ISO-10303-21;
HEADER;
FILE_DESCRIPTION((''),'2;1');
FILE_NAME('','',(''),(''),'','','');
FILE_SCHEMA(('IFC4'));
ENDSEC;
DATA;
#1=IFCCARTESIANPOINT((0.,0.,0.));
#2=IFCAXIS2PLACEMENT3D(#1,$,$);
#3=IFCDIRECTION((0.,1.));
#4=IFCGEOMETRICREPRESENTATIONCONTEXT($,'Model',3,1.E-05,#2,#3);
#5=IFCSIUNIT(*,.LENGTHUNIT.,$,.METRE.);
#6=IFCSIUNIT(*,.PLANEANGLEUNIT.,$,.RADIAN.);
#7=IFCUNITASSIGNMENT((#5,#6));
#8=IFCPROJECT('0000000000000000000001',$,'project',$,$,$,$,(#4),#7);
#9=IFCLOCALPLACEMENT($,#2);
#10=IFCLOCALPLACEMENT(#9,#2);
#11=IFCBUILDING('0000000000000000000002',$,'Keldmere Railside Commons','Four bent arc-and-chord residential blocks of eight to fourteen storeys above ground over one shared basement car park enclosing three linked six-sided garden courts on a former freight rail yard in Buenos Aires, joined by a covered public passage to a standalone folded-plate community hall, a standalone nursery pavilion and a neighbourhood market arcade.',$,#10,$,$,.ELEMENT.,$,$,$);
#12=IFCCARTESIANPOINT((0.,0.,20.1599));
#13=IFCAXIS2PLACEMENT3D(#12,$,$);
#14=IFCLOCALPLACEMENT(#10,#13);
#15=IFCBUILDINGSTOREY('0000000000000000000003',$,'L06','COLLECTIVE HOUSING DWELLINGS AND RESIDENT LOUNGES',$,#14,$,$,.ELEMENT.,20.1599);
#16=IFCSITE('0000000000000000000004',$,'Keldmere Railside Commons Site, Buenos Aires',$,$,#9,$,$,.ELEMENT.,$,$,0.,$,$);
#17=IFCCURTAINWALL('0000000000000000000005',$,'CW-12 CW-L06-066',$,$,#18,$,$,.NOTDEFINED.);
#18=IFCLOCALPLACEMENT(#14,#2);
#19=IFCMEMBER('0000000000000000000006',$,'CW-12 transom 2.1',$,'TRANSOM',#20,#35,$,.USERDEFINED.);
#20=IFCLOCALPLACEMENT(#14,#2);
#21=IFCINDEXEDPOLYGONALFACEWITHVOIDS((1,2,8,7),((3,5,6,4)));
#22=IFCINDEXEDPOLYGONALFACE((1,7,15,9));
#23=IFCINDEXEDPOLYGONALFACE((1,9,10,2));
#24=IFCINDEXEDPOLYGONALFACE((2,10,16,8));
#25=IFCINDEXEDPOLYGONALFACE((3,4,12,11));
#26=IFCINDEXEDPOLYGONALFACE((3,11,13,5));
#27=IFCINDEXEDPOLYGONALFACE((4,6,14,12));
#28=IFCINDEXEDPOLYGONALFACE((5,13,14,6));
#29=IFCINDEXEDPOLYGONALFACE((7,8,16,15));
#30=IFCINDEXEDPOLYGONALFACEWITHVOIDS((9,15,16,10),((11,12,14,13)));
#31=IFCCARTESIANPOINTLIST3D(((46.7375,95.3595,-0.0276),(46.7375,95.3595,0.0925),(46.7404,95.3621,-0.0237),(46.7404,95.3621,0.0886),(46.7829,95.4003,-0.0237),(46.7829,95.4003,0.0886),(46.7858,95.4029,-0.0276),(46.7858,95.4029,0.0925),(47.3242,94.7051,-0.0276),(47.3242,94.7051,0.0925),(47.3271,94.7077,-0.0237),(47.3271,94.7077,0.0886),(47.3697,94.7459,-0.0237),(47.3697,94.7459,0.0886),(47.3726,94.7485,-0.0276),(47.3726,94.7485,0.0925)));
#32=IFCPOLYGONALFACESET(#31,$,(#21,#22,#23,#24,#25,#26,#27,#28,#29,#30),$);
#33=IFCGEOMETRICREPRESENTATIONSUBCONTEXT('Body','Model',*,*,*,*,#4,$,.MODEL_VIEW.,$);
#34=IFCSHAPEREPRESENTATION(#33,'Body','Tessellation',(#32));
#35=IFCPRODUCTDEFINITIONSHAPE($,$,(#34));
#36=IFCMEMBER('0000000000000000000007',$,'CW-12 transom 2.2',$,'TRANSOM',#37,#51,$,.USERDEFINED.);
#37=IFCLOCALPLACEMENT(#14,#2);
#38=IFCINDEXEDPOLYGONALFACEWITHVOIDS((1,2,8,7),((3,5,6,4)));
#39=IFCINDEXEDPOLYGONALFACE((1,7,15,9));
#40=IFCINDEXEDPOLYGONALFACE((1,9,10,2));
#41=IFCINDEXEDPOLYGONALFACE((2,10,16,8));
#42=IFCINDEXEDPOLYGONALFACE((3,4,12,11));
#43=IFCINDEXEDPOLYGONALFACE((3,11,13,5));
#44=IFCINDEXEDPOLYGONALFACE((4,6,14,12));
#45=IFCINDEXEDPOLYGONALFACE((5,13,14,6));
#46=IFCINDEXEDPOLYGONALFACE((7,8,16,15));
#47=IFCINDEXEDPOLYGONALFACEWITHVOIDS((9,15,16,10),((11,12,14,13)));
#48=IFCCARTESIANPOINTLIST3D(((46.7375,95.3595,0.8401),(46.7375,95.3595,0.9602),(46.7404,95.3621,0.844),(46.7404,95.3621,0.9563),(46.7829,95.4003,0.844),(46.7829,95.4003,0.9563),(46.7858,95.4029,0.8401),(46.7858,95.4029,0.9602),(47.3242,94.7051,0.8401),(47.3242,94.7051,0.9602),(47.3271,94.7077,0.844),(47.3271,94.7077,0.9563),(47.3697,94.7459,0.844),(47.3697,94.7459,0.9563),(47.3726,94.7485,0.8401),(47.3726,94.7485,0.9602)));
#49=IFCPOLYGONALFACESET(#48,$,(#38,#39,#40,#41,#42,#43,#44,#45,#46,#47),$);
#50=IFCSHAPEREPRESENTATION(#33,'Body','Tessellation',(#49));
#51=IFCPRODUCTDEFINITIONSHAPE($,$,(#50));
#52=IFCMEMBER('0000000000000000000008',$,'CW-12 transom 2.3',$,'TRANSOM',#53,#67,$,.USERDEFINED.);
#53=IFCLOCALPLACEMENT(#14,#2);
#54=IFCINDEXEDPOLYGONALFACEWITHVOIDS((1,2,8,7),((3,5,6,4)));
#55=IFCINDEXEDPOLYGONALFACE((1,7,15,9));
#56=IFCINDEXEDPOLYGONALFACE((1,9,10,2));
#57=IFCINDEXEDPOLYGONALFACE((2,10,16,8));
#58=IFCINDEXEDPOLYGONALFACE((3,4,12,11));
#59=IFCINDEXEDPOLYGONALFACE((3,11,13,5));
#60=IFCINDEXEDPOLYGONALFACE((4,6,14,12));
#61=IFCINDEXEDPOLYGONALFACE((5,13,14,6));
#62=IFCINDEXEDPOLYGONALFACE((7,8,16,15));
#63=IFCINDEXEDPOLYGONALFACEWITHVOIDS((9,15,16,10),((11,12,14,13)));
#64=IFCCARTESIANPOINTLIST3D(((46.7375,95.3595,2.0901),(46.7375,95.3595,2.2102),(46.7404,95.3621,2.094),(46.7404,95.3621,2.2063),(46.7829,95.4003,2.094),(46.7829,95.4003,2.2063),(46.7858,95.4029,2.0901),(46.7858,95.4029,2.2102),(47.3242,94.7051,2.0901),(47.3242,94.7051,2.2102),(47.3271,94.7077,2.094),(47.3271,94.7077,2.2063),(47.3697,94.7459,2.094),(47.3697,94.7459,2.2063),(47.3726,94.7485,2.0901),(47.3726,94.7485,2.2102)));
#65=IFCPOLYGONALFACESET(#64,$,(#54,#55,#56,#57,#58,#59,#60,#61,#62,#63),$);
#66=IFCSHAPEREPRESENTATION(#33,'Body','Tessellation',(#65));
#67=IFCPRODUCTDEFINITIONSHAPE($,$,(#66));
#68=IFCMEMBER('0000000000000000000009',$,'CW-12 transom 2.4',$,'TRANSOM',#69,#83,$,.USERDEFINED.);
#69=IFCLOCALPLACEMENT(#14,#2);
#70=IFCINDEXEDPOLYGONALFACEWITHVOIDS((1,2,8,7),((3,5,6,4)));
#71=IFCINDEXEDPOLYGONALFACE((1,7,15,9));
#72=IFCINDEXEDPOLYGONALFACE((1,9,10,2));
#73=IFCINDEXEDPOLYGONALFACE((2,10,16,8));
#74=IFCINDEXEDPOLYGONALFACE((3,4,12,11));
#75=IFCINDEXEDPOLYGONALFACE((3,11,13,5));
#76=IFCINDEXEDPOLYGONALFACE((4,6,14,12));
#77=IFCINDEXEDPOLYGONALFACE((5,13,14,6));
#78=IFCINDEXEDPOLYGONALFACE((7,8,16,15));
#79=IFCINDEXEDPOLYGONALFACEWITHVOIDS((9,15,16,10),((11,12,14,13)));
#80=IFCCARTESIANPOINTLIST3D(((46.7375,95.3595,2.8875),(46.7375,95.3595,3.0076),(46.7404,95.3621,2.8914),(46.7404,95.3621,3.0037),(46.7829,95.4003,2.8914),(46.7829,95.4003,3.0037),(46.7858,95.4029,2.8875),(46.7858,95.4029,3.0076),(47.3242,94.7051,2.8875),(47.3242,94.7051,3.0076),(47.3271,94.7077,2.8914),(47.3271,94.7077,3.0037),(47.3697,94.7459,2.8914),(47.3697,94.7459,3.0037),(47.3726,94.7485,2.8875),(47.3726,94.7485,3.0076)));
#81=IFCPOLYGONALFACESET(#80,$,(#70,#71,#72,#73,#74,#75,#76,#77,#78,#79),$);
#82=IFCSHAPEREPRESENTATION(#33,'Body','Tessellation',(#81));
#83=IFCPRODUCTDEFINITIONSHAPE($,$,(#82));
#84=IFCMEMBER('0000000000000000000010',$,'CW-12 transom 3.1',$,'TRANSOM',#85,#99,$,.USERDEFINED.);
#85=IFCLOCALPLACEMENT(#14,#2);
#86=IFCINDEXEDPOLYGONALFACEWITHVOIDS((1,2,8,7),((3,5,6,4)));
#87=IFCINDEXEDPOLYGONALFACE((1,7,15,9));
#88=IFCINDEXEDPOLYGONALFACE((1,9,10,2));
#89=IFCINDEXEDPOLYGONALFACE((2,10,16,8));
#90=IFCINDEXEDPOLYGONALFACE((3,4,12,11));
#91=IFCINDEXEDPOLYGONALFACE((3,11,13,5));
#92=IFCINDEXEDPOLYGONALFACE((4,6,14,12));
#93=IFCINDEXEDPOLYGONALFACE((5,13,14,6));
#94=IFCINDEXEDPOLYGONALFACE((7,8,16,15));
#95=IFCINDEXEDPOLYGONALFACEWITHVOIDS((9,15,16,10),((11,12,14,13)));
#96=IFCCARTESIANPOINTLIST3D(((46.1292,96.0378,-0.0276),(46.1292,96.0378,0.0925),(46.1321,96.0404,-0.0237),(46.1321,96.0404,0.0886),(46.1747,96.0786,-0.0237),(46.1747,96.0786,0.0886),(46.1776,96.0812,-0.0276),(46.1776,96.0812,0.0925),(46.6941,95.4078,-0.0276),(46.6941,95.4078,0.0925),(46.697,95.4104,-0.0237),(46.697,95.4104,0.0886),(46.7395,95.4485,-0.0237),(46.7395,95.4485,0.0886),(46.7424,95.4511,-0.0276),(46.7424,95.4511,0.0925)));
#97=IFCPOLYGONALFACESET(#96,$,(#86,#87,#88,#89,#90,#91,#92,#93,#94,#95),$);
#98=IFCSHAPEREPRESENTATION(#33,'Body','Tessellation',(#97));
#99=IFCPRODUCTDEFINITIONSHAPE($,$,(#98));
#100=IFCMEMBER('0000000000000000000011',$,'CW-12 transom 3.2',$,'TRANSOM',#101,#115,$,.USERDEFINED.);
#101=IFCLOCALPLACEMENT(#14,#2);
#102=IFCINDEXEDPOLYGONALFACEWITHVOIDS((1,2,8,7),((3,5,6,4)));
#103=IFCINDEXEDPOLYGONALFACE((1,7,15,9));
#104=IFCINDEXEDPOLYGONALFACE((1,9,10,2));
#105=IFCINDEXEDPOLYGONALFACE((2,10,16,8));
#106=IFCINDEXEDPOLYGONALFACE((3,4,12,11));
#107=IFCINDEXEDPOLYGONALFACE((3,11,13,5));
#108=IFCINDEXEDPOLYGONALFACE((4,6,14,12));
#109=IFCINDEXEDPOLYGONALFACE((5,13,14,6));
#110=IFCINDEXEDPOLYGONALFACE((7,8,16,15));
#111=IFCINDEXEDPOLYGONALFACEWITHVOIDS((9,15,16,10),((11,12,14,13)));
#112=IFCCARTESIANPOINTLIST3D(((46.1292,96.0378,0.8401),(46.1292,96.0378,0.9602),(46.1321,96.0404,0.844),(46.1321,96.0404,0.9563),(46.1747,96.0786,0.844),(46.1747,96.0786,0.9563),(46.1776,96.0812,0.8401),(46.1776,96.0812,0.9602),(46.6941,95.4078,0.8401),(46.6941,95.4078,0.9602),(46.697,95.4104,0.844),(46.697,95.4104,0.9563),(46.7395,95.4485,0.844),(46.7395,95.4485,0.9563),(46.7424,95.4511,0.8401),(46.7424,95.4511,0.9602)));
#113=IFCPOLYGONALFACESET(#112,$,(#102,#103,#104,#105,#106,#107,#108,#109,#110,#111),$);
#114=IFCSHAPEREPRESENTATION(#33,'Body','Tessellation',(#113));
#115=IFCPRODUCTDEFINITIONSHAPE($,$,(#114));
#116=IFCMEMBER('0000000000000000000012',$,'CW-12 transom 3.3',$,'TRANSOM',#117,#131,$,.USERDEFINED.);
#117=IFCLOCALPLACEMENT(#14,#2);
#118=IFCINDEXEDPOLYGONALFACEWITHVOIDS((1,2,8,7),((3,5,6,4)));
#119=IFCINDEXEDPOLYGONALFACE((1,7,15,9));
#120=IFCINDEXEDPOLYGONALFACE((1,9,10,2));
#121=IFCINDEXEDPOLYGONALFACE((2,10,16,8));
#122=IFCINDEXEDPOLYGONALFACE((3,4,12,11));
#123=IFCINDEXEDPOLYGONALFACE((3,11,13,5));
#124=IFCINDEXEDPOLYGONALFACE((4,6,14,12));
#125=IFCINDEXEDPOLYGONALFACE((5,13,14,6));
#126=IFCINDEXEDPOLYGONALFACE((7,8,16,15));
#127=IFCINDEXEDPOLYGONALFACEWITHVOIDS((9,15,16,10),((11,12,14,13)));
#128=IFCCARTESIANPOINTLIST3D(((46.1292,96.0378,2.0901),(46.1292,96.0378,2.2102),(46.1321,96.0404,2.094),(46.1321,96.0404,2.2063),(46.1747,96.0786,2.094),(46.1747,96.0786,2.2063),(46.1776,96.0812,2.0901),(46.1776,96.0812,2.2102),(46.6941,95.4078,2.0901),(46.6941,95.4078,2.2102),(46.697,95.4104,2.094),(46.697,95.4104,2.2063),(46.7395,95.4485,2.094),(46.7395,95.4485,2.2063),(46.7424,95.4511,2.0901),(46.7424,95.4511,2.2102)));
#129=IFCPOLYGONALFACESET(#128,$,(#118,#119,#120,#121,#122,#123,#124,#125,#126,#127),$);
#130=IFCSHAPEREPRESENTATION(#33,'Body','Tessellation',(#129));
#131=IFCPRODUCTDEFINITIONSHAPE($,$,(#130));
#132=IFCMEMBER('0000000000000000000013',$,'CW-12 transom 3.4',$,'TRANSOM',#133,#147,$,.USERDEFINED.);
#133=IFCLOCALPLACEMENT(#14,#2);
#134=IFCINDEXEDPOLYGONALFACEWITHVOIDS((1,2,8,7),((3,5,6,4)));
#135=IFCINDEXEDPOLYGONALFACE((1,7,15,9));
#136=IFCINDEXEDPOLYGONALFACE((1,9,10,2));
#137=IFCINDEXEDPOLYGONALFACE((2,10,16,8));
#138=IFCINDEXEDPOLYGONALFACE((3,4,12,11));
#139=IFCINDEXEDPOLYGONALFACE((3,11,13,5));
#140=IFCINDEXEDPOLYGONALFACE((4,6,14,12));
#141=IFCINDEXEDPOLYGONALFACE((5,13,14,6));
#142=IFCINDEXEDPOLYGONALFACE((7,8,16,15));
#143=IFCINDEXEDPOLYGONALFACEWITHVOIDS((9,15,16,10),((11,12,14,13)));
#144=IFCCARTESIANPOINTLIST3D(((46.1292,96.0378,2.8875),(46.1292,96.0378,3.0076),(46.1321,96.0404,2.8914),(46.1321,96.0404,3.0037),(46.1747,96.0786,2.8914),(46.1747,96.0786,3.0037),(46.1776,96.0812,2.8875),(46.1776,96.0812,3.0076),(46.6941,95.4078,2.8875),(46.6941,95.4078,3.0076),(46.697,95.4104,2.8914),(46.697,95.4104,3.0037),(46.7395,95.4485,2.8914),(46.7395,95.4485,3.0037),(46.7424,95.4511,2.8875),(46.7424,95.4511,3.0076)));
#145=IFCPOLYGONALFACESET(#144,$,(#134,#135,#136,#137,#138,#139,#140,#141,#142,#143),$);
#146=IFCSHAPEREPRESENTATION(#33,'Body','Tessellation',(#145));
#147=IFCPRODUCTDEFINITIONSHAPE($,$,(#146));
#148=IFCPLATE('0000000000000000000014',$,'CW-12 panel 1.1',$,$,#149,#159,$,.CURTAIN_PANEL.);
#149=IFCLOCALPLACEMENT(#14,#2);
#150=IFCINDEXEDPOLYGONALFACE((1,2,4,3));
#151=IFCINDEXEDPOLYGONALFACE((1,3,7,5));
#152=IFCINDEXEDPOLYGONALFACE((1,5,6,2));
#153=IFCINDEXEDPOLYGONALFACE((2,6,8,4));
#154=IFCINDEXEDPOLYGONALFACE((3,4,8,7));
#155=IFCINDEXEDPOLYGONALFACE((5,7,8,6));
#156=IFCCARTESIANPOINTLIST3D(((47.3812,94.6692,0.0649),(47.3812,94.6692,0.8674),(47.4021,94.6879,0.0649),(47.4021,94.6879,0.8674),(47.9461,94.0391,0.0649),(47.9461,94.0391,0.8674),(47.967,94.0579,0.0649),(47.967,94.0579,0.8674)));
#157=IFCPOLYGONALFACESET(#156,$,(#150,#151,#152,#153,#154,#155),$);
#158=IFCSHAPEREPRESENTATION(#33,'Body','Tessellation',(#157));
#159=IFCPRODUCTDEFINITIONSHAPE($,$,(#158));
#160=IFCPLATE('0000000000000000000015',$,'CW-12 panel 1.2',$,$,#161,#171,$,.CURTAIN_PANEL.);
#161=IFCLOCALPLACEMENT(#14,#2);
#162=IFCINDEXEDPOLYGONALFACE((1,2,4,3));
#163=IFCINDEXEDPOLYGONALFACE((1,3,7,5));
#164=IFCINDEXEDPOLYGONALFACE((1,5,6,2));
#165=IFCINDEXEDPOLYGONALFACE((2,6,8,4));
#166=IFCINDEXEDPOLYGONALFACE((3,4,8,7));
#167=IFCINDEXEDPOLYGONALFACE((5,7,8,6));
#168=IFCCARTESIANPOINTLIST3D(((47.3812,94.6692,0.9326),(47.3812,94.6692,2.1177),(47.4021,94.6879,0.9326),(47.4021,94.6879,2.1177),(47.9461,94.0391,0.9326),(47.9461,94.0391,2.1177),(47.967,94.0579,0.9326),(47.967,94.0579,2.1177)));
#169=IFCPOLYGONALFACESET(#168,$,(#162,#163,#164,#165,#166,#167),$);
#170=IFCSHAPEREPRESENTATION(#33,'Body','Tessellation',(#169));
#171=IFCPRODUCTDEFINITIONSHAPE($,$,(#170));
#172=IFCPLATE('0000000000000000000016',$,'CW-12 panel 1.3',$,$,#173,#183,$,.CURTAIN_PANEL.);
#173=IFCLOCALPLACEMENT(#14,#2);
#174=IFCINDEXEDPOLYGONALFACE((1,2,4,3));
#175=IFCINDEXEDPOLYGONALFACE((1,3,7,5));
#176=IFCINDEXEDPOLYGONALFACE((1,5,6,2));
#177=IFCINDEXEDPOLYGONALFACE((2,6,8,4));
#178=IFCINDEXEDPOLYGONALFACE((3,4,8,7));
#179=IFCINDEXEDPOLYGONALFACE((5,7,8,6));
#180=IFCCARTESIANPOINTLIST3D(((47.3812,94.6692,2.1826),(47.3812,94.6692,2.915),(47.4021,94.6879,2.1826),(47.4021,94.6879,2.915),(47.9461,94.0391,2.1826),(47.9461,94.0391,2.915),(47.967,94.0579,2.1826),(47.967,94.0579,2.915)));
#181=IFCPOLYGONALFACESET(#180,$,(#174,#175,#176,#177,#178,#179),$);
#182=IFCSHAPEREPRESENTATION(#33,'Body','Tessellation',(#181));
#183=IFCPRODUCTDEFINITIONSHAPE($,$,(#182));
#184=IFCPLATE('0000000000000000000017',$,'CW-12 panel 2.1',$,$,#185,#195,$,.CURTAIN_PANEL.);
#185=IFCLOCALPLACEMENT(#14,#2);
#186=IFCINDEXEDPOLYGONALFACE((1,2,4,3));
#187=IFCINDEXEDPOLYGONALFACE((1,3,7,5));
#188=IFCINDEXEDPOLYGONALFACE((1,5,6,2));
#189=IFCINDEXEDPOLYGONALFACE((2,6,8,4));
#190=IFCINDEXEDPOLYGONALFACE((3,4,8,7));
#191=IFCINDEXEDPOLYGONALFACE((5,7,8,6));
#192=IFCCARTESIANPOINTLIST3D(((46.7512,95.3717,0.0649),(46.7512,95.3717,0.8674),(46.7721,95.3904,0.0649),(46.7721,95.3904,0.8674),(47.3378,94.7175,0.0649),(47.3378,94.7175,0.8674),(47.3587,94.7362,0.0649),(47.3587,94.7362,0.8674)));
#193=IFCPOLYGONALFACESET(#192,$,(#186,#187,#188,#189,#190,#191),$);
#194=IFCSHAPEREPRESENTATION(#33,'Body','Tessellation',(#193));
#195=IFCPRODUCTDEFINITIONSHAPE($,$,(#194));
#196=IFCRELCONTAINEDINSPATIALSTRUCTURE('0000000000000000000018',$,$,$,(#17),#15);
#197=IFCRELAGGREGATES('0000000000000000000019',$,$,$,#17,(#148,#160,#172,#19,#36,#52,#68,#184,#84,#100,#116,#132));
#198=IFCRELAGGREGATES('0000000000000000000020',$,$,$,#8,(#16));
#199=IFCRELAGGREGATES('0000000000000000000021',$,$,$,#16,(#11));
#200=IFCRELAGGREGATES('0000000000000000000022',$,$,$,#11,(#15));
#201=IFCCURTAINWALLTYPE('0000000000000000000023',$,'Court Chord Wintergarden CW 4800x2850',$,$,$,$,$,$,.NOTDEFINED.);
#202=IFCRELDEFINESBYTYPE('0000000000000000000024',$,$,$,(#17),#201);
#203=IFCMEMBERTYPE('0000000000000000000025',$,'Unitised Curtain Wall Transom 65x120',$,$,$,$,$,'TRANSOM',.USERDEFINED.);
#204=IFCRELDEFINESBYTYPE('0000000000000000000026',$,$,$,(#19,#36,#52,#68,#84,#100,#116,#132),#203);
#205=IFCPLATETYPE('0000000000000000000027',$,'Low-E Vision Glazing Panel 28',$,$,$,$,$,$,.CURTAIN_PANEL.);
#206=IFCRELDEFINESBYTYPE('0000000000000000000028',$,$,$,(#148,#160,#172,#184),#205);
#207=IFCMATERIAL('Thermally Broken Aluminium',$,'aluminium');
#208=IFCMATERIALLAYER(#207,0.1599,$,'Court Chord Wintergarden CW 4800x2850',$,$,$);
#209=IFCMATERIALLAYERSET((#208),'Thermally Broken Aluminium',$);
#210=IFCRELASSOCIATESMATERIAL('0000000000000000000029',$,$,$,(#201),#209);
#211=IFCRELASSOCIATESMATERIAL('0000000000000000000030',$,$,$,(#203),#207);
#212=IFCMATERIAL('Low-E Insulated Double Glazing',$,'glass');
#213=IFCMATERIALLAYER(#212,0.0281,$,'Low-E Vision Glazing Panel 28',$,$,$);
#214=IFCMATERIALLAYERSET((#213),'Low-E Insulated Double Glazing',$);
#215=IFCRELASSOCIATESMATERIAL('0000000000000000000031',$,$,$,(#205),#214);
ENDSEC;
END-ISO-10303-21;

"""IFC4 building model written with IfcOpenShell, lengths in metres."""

from ifc_helpers import new_model, si_unit, direction, frame, origin, origin_2d, place, context, subcontext, project, spatial, rectangle, hollow_rectangle, extrude, material, layer, layer_set, material_profile, profile_set, type_object, element, aggregate, save


model = new_model("IFC4")

# Units and contexts
model_context = context("Model", 3, precision=1e-05, world=origin(), true_north=direction((0.0, 1.0)))
body_context = subcontext(model_context, "Body", "Model", "MODEL_VIEW")
ifc_project = project(units=[si_unit("LENGTHUNIT", "METRE"), si_unit("PLANEANGLEUNIT", "RADIAN")], contexts=[model_context])

# Site, building, storey
site_placement = place(None, origin())
site = spatial("IfcSite", under=ifc_project, at=site_placement, Name="Keldmere Railside Commons Site, Buenos Aires", CompositionType="ELEMENT", RefElevation=0.0)
building_placement = place(site_placement, origin())
building = spatial("IfcBuilding", under=site, at=building_placement, Name="Keldmere Railside Commons", Description="Four bent arc-and-chord residential blocks of eight to fourteen storeys above ground over one shared basement car park enclosing three linked six-sided garden courts on a former freight rail yard in Buenos Aires, joined by a covered public passage to a standalone folded-plate community hall, a standalone nursery pavilion and a neighbourhood market arcade.", CompositionType="ELEMENT")
storey_placement = place(building_placement, frame((0.0, 0.0, 20.1599)))
storey = spatial("IfcBuildingStorey", under=building, at=storey_placement, Name="L06", Description="COLLECTIVE HOUSING DWELLINGS AND RESIDENT LOUNGES", CompositionType="ELEMENT", Elevation=20.1599)

# Curtain wall, members, plates
ifc_material_1 = material(Name="Thermally Broken Aluminium", Category="aluminium")
ifc_layer_1 = layer(ifc_material_1, 0.1599, Name="Court Chord Wintergarden CW 4800x2850")
ifc_layer_set_1 = layer_set([ifc_layer_1], Name="Thermally Broken Aluminium")
curtain_wall_type = type_object("IfcCurtainWallType", Name="Court Chord Wintergarden CW 4800x2850", PredefinedType="NOTDEFINED", material=ifc_layer_set_1)
curtain_wall_placement = place(storey_placement, origin())
curtain_wall = element("IfcCurtainWall", 1, at=curtain_wall_placement, inside=storey, type_object=curtain_wall_type, Name="CW-12 CW-L06-066", PredefinedType="NOTDEFINED")
ifc_material_profile_1 = material_profile(ifc_material_1, hollow_rectangle(XDim=0.0649, YDim=0.1201, WallThickness=0.0039, at=origin_2d()), Name="ALU-TRAN-65x120")
ifc_profile_set_1 = profile_set([ifc_material_profile_1], Name="Thermally Broken Aluminium")
member_type_1 = type_object("IfcMemberType", Name="Unitised Curtain Wall Transom 65x120", ElementType="TRANSOM", PredefinedType="USERDEFINED", material=ifc_profile_set_1)
member_1_placement = place(storey_placement, frame((47.3484, 94.7268, 0.0325), z_axis=(-0.667582, 0.744536, 0.0), x_axis=(-0.744536, -0.667582, 0.0)))
member_1 = element("IfcMember", 2, at=member_1_placement, type_object=member_type_1, Name="CW-12 transom 2.1", ObjectType="TRANSOM", PredefinedType="USERDEFINED", context=body_context, shape_type="SweptSolid", body=[
    extrude(hollow_rectangle(XDim=0.0649, YDim=0.1201, WallThickness=0.0039, at=origin_2d()), origin(), (0.0, 0.0, 1.0), 0.8789),
])
member_2_placement = place(storey_placement, frame((47.3484, 94.7268, 0.9001), z_axis=(-0.667582, 0.744536, 0.0), x_axis=(-0.744536, -0.667582, 0.0)))
member_2 = element("IfcMember", 3, at=member_2_placement, type_object=member_type_1, Name="CW-12 transom 2.2", ObjectType="TRANSOM", PredefinedType="USERDEFINED", context=body_context, shape_type="SweptSolid", body=[
    extrude(hollow_rectangle(XDim=0.0649, YDim=0.1201, WallThickness=0.0039, at=origin_2d()), origin(), (0.0, 0.0, 1.0), 0.8789),
])
member_3_placement = place(storey_placement, frame((47.3484, 94.7268, 2.1501), z_axis=(-0.667582, 0.744536, 0.0), x_axis=(-0.744536, -0.667582, 0.0)))
member_3 = element("IfcMember", 4, at=member_3_placement, type_object=member_type_1, Name="CW-12 transom 2.3", ObjectType="TRANSOM", PredefinedType="USERDEFINED", context=body_context, shape_type="SweptSolid", body=[
    extrude(hollow_rectangle(XDim=0.0649, YDim=0.1201, WallThickness=0.0039, at=origin_2d()), origin(), (0.0, 0.0, 1.0), 0.8789),
])
member_4_placement = place(storey_placement, frame((47.3484, 94.7268, 2.9475), z_axis=(-0.667582, 0.744536, 0.0), x_axis=(-0.744536, -0.667582, 0.0)))
member_4 = element("IfcMember", 5, at=member_4_placement, type_object=member_type_1, Name="CW-12 transom 2.4", ObjectType="TRANSOM", PredefinedType="USERDEFINED", context=body_context, shape_type="SweptSolid", body=[
    extrude(hollow_rectangle(XDim=0.0649, YDim=0.1201, WallThickness=0.0039, at=origin_2d()), origin(), (0.0, 0.0, 1.0), 0.8789),
])
member_5_placement = place(storey_placement, frame((46.7183, 95.4294, 0.0325), z_axis=(-0.667545, 0.744569, 0.0), x_axis=(-0.744569, -0.667545, 0.0)))
member_5 = element("IfcMember", 6, at=member_5_placement, type_object=member_type_1, Name="CW-12 transom 3.1", ObjectType="TRANSOM", PredefinedType="USERDEFINED", context=body_context, shape_type="SweptSolid", body=[
    extrude(hollow_rectangle(XDim=0.0649, YDim=0.1201, WallThickness=0.0039, at=origin_2d()), origin(), (0.0, 0.0, 1.0), 0.8462),
])
member_6_placement = place(storey_placement, frame((46.7183, 95.4294, 0.9001), z_axis=(-0.667545, 0.744569, 0.0), x_axis=(-0.744569, -0.667545, 0.0)))
member_6 = element("IfcMember", 7, at=member_6_placement, type_object=member_type_1, Name="CW-12 transom 3.2", ObjectType="TRANSOM", PredefinedType="USERDEFINED", context=body_context, shape_type="SweptSolid", body=[
    extrude(hollow_rectangle(XDim=0.0649, YDim=0.1201, WallThickness=0.0039, at=origin_2d()), origin(), (0.0, 0.0, 1.0), 0.8462),
])
member_7_placement = place(storey_placement, frame((46.7183, 95.4294, 2.1501), z_axis=(-0.667545, 0.744569, 0.0), x_axis=(-0.744569, -0.667545, 0.0)))
member_7 = element("IfcMember", 8, at=member_7_placement, type_object=member_type_1, Name="CW-12 transom 3.3", ObjectType="TRANSOM", PredefinedType="USERDEFINED", context=body_context, shape_type="SweptSolid", body=[
    extrude(hollow_rectangle(XDim=0.0649, YDim=0.1201, WallThickness=0.0039, at=origin_2d()), origin(), (0.0, 0.0, 1.0), 0.8462),
])
member_8_placement = place(storey_placement, frame((46.7183, 95.4294, 2.9475), z_axis=(-0.667545, 0.744569, 0.0), x_axis=(-0.744569, -0.667545, 0.0)))
member_8 = element("IfcMember", 9, at=member_8_placement, type_object=member_type_1, Name="CW-12 transom 3.4", ObjectType="TRANSOM", PredefinedType="USERDEFINED", context=body_context, shape_type="SweptSolid", body=[
    extrude(hollow_rectangle(XDim=0.0649, YDim=0.1201, WallThickness=0.0039, at=origin_2d()), origin(), (0.0, 0.0, 1.0), 0.8462),
])
ifc_material_2 = material(Name="Low-E Insulated Double Glazing", Category="glass")
ifc_layer_2 = layer(ifc_material_2, 0.0281, Name="Low-E Vision Glazing Panel 28")
ifc_layer_set_2 = layer_set([ifc_layer_2], Name="Low-E Insulated Double Glazing")
plate_type = type_object("IfcPlateType", Name="Low-E Vision Glazing Panel 28", PredefinedType="CURTAIN_PANEL", material=ifc_layer_set_2)
plate_1_placement = place(storey_placement, frame((47.6741, 94.3635, 0.0649), z_axis=(0.0, 0.0, 1.0), x_axis=(-0.667559, 0.744557, 0.0)))
plate_1 = element("IfcPlate", 10, at=plate_1_placement, type_object=plate_type, Name="CW-12 panel 1.1", PredefinedType="CURTAIN_PANEL", context=body_context, shape_type="SweptSolid", body=[
    extrude(rectangle(XDim=0.8462, YDim=0.0281, at=origin_2d()), origin(), (0.0, 0.0, 1.0), 0.8025),
])
plate_2_placement = place(storey_placement, frame((47.6741, 94.3635, 0.9326), z_axis=(0.0, 0.0, 1.0), x_axis=(-0.667559, 0.744557, 0.0)))
plate_2 = element("IfcPlate", 11, at=plate_2_placement, type_object=plate_type, Name="CW-12 panel 1.2", PredefinedType="CURTAIN_PANEL", context=body_context, shape_type="SweptSolid", body=[
    extrude(rectangle(XDim=0.8462, YDim=0.0281, at=origin_2d()), origin(), (0.0, 0.0, 1.0), 1.1851),
])
plate_3_placement = place(storey_placement, frame((47.6741, 94.3635, 2.1826), z_axis=(0.0, 0.0, 1.0), x_axis=(-0.667559, 0.744557, 0.0)))
plate_3 = element("IfcPlate", 12, at=plate_3_placement, type_object=plate_type, Name="CW-12 panel 1.3", PredefinedType="CURTAIN_PANEL", context=body_context, shape_type="SweptSolid", body=[
    extrude(rectangle(XDim=0.8462, YDim=0.0281, at=origin_2d()), origin(), (0.0, 0.0, 1.0), 0.7324),
])
plate_4_placement = place(storey_placement, frame((47.0549, 95.054, 0.0649), z_axis=(0.0, 0.0, 1.0), x_axis=(-0.667559, 0.744557, 0.0)))
plate_4 = element("IfcPlate", 13, at=plate_4_placement, type_object=plate_type, Name="CW-12 panel 2.1", PredefinedType="CURTAIN_PANEL", context=body_context, shape_type="SweptSolid", body=[
    extrude(rectangle(XDim=0.8787, YDim=0.0281, at=origin_2d()), origin(), (0.0, 0.0, 1.0), 0.8025),
])
aggregate(curtain_wall, [plate_1, plate_2, plate_3, member_1, member_2, member_3, member_4, plate_4, member_5, member_6, member_7, member_8])

save(model, "model.ifc")
